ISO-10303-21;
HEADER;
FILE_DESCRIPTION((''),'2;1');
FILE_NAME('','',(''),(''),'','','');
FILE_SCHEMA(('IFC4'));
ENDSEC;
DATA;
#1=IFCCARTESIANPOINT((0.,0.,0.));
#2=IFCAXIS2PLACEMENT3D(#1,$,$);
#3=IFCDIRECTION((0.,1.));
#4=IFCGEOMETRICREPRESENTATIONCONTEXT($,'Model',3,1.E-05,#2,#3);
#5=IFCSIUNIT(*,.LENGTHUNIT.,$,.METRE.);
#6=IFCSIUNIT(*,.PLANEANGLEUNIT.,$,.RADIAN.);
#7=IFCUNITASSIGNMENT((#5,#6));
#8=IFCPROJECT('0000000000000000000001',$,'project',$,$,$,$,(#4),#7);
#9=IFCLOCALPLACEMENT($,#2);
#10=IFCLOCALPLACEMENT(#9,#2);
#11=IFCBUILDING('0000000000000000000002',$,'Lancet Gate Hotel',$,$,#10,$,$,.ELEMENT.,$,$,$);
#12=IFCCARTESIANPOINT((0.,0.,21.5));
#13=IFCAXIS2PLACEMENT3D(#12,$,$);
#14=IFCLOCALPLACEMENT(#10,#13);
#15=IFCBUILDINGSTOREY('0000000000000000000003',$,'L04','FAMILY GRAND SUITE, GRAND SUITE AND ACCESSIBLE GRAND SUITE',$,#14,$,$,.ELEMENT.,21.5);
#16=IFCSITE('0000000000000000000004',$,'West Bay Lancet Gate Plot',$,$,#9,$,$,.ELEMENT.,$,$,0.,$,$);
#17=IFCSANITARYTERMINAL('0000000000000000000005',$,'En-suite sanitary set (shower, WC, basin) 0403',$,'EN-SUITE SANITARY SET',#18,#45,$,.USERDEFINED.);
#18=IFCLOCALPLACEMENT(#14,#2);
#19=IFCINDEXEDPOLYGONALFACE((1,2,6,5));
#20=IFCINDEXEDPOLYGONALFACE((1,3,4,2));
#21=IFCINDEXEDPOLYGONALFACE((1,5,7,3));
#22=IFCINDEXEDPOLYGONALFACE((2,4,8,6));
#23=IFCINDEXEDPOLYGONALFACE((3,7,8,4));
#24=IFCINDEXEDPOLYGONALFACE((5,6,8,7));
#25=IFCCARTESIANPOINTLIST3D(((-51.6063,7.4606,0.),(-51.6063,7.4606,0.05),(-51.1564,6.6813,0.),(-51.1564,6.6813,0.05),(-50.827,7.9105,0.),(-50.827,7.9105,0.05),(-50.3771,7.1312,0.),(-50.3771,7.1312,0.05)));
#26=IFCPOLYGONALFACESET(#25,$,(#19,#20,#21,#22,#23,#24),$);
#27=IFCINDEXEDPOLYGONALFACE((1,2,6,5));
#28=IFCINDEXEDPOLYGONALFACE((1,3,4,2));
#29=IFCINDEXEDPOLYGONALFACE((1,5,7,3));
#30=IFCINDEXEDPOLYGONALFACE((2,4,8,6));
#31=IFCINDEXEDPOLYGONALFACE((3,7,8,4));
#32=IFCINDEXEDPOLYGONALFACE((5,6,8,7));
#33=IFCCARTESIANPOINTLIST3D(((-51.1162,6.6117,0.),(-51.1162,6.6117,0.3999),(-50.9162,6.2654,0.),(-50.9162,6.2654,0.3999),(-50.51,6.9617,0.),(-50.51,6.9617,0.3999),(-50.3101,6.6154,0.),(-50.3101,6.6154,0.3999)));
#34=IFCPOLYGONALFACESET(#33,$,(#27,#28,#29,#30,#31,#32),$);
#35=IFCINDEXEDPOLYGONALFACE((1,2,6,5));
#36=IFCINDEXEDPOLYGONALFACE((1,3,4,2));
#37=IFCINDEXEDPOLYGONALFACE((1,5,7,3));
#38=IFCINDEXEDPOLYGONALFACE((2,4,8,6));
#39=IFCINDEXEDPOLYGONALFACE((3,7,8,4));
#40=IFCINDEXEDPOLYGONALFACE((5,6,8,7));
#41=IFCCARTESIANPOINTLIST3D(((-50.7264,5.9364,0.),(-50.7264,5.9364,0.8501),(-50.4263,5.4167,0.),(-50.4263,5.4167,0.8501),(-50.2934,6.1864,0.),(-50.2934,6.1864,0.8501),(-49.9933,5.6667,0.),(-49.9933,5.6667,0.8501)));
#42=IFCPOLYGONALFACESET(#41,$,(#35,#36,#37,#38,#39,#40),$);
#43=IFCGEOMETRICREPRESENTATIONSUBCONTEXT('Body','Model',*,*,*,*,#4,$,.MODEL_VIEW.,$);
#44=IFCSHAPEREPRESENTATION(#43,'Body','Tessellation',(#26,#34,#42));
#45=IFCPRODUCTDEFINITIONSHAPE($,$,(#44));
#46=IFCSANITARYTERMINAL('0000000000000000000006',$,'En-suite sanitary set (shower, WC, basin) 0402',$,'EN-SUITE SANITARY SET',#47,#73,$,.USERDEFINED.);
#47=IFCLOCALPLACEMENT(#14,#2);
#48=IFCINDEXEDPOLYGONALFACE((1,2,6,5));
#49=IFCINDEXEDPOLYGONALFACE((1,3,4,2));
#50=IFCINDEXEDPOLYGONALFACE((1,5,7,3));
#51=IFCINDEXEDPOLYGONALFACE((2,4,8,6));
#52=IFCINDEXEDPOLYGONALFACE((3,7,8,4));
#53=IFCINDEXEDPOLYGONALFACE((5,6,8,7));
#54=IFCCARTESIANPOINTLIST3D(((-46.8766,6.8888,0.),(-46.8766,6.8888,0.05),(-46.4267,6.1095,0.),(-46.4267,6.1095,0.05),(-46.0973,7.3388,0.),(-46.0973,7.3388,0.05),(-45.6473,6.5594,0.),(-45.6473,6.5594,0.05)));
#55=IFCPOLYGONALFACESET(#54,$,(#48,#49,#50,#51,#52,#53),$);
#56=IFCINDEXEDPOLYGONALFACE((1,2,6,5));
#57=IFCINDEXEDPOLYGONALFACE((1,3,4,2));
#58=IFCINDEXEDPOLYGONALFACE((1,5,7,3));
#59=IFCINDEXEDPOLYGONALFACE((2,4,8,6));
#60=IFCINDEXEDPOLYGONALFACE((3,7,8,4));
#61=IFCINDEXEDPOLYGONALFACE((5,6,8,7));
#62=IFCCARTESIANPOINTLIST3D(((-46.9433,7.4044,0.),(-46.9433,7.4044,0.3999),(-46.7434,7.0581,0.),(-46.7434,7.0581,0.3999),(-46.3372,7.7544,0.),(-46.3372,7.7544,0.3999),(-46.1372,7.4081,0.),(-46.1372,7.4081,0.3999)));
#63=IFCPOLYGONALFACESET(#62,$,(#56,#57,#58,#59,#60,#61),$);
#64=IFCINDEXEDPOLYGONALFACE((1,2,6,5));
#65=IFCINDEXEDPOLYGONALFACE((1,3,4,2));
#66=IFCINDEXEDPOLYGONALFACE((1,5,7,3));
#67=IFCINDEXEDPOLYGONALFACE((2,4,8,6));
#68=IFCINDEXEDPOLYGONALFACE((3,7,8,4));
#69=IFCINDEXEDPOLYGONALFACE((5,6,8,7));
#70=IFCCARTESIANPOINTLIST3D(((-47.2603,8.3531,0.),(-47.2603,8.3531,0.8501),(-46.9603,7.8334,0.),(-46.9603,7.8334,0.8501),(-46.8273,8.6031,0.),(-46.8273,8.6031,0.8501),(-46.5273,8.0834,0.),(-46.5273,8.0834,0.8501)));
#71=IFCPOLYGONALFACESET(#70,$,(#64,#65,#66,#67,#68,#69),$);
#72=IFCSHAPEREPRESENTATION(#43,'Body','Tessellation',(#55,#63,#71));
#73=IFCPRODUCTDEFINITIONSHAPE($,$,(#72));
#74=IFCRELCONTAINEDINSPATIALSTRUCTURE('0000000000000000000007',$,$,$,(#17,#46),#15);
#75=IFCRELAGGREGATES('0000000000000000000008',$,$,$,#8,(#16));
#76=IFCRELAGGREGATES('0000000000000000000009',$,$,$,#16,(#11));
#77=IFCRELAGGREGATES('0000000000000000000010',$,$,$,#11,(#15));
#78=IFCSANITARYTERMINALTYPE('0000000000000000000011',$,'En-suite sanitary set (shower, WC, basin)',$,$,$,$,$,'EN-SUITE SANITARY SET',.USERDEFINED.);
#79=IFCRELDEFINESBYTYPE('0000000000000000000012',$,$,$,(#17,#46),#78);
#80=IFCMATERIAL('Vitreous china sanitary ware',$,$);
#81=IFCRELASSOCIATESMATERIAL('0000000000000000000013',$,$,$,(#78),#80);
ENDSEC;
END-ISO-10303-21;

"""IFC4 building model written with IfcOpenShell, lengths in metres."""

from ifc_helpers import new_model, si_unit, direction, frame, origin, origin_2d, place, context, subcontext, project, spatial, rectangle, extrude, material, type_object, element, save


model = new_model("IFC4")

# Units and contexts
model_context = context("Model", 3, precision=1e-05, world=origin(), true_north=direction((0.0, 1.0)))
body_context = subcontext(model_context, "Body", "Model", "MODEL_VIEW")
ifc_project = project(units=[si_unit("LENGTHUNIT", "METRE"), si_unit("PLANEANGLEUNIT", "RADIAN")], contexts=[model_context])

# Site, building, storey
site_placement = place(None, origin())
site = spatial("IfcSite", under=ifc_project, at=site_placement, Name="West Bay Lancet Gate Plot", CompositionType="ELEMENT", RefElevation=0.0)
building_placement = place(site_placement, origin())
building = spatial("IfcBuilding", under=site, at=building_placement, Name="Lancet Gate Hotel", CompositionType="ELEMENT")
storey_placement = place(building_placement, frame((0.0, 0.0, 21.5)))
storey = spatial("IfcBuildingStorey", under=building, at=storey_placement, Name="L04", Description="FAMILY GRAND SUITE, GRAND SUITE AND ACCESSIBLE GRAND SUITE", CompositionType="ELEMENT", Elevation=21.5)

# Sanitary terminals
ifc_material_1 = material(Name="Vitreous china sanitary ware")
sanitary_terminal_type = type_object("IfcSanitaryTerminalType", Name="En-suite sanitary set (shower, WC, basin)", ElementType="EN-SUITE SANITARY SET", PredefinedType="USERDEFINED", material=ifc_material_1)
sanitary_terminal_1_placement = place(storey_placement, frame((-50.9917, 7.2959, 0.0), z_axis=(0.0, 0.0, 1.0), x_axis=(1.0, 0.0, 0.0)))
element("IfcSanitaryTerminal", 1, at=sanitary_terminal_1_placement, inside=storey, type_object=sanitary_terminal_type, Name="En-suite sanitary set (shower, WC, basin) 0403", ObjectType="EN-SUITE SANITARY SET", PredefinedType="USERDEFINED", context=body_context, shape_type="SweptSolid", body=[
    extrude(rectangle(XDim=0.8999, YDim=0.8999, at=origin_2d()), frame((0.0, 0.0, 0.0), z_axis=(0.0, 0.0, 1.0), x_axis=(-0.5, 0.866025, 0.0)), (0.0, 0.0, 1.0), 0.05),
    extrude(rectangle(XDim=0.3999, YDim=0.7, at=origin_2d()), frame((0.2786, -0.6824, 0.0), z_axis=(0.0, 0.0, 1.0), x_axis=(-0.5, 0.866025, 0.0)), (0.0, 0.0, 1.0), 0.3999),
    extrude(rectangle(XDim=0.6001, YDim=0.5, at=origin_2d()), frame((0.6318, -1.4944, 0.0), z_axis=(0.0, 0.0, 1.0), x_axis=(-0.5, 0.866025, 0.0)), (0.0, 0.0, 1.0), 0.8501),
])
sanitary_terminal_2_placement = place(storey_placement, frame((-46.262, 6.7241, 0.0), z_axis=(0.0, 0.0, 1.0), x_axis=(1.0, 0.0, 0.0)))
element("IfcSanitaryTerminal", 2, at=sanitary_terminal_2_placement, inside=storey, type_object=sanitary_terminal_type, Name="En-suite sanitary set (shower, WC, basin) 0402", ObjectType="EN-SUITE SANITARY SET", PredefinedType="USERDEFINED", context=body_context, shape_type="SweptSolid", body=[
    extrude(rectangle(XDim=0.8999, YDim=0.8999, at=origin_2d()), frame((0.0, 0.0, 0.0), z_axis=(0.0, 0.0, 1.0), x_axis=(0.5, -0.866025, 0.0)), (0.0, 0.0, 1.0), 0.05),
    extrude(rectangle(XDim=0.3999, YDim=0.7, at=origin_2d()), frame((-0.2783, 0.6821, 0.0), z_axis=(0.0, 0.0, 1.0), x_axis=(0.5, -0.866025, 0.0)), (0.0, 0.0, 1.0), 0.3999),
    extrude(rectangle(XDim=0.6001, YDim=0.5, at=origin_2d()), frame((-0.6318, 1.4941, 0.0), z_axis=(0.0, 0.0, 1.0), x_axis=(0.5, -0.866025, 0.0)), (0.0, 0.0, 1.0), 0.8501),
])

save(model, "model.ifc")
